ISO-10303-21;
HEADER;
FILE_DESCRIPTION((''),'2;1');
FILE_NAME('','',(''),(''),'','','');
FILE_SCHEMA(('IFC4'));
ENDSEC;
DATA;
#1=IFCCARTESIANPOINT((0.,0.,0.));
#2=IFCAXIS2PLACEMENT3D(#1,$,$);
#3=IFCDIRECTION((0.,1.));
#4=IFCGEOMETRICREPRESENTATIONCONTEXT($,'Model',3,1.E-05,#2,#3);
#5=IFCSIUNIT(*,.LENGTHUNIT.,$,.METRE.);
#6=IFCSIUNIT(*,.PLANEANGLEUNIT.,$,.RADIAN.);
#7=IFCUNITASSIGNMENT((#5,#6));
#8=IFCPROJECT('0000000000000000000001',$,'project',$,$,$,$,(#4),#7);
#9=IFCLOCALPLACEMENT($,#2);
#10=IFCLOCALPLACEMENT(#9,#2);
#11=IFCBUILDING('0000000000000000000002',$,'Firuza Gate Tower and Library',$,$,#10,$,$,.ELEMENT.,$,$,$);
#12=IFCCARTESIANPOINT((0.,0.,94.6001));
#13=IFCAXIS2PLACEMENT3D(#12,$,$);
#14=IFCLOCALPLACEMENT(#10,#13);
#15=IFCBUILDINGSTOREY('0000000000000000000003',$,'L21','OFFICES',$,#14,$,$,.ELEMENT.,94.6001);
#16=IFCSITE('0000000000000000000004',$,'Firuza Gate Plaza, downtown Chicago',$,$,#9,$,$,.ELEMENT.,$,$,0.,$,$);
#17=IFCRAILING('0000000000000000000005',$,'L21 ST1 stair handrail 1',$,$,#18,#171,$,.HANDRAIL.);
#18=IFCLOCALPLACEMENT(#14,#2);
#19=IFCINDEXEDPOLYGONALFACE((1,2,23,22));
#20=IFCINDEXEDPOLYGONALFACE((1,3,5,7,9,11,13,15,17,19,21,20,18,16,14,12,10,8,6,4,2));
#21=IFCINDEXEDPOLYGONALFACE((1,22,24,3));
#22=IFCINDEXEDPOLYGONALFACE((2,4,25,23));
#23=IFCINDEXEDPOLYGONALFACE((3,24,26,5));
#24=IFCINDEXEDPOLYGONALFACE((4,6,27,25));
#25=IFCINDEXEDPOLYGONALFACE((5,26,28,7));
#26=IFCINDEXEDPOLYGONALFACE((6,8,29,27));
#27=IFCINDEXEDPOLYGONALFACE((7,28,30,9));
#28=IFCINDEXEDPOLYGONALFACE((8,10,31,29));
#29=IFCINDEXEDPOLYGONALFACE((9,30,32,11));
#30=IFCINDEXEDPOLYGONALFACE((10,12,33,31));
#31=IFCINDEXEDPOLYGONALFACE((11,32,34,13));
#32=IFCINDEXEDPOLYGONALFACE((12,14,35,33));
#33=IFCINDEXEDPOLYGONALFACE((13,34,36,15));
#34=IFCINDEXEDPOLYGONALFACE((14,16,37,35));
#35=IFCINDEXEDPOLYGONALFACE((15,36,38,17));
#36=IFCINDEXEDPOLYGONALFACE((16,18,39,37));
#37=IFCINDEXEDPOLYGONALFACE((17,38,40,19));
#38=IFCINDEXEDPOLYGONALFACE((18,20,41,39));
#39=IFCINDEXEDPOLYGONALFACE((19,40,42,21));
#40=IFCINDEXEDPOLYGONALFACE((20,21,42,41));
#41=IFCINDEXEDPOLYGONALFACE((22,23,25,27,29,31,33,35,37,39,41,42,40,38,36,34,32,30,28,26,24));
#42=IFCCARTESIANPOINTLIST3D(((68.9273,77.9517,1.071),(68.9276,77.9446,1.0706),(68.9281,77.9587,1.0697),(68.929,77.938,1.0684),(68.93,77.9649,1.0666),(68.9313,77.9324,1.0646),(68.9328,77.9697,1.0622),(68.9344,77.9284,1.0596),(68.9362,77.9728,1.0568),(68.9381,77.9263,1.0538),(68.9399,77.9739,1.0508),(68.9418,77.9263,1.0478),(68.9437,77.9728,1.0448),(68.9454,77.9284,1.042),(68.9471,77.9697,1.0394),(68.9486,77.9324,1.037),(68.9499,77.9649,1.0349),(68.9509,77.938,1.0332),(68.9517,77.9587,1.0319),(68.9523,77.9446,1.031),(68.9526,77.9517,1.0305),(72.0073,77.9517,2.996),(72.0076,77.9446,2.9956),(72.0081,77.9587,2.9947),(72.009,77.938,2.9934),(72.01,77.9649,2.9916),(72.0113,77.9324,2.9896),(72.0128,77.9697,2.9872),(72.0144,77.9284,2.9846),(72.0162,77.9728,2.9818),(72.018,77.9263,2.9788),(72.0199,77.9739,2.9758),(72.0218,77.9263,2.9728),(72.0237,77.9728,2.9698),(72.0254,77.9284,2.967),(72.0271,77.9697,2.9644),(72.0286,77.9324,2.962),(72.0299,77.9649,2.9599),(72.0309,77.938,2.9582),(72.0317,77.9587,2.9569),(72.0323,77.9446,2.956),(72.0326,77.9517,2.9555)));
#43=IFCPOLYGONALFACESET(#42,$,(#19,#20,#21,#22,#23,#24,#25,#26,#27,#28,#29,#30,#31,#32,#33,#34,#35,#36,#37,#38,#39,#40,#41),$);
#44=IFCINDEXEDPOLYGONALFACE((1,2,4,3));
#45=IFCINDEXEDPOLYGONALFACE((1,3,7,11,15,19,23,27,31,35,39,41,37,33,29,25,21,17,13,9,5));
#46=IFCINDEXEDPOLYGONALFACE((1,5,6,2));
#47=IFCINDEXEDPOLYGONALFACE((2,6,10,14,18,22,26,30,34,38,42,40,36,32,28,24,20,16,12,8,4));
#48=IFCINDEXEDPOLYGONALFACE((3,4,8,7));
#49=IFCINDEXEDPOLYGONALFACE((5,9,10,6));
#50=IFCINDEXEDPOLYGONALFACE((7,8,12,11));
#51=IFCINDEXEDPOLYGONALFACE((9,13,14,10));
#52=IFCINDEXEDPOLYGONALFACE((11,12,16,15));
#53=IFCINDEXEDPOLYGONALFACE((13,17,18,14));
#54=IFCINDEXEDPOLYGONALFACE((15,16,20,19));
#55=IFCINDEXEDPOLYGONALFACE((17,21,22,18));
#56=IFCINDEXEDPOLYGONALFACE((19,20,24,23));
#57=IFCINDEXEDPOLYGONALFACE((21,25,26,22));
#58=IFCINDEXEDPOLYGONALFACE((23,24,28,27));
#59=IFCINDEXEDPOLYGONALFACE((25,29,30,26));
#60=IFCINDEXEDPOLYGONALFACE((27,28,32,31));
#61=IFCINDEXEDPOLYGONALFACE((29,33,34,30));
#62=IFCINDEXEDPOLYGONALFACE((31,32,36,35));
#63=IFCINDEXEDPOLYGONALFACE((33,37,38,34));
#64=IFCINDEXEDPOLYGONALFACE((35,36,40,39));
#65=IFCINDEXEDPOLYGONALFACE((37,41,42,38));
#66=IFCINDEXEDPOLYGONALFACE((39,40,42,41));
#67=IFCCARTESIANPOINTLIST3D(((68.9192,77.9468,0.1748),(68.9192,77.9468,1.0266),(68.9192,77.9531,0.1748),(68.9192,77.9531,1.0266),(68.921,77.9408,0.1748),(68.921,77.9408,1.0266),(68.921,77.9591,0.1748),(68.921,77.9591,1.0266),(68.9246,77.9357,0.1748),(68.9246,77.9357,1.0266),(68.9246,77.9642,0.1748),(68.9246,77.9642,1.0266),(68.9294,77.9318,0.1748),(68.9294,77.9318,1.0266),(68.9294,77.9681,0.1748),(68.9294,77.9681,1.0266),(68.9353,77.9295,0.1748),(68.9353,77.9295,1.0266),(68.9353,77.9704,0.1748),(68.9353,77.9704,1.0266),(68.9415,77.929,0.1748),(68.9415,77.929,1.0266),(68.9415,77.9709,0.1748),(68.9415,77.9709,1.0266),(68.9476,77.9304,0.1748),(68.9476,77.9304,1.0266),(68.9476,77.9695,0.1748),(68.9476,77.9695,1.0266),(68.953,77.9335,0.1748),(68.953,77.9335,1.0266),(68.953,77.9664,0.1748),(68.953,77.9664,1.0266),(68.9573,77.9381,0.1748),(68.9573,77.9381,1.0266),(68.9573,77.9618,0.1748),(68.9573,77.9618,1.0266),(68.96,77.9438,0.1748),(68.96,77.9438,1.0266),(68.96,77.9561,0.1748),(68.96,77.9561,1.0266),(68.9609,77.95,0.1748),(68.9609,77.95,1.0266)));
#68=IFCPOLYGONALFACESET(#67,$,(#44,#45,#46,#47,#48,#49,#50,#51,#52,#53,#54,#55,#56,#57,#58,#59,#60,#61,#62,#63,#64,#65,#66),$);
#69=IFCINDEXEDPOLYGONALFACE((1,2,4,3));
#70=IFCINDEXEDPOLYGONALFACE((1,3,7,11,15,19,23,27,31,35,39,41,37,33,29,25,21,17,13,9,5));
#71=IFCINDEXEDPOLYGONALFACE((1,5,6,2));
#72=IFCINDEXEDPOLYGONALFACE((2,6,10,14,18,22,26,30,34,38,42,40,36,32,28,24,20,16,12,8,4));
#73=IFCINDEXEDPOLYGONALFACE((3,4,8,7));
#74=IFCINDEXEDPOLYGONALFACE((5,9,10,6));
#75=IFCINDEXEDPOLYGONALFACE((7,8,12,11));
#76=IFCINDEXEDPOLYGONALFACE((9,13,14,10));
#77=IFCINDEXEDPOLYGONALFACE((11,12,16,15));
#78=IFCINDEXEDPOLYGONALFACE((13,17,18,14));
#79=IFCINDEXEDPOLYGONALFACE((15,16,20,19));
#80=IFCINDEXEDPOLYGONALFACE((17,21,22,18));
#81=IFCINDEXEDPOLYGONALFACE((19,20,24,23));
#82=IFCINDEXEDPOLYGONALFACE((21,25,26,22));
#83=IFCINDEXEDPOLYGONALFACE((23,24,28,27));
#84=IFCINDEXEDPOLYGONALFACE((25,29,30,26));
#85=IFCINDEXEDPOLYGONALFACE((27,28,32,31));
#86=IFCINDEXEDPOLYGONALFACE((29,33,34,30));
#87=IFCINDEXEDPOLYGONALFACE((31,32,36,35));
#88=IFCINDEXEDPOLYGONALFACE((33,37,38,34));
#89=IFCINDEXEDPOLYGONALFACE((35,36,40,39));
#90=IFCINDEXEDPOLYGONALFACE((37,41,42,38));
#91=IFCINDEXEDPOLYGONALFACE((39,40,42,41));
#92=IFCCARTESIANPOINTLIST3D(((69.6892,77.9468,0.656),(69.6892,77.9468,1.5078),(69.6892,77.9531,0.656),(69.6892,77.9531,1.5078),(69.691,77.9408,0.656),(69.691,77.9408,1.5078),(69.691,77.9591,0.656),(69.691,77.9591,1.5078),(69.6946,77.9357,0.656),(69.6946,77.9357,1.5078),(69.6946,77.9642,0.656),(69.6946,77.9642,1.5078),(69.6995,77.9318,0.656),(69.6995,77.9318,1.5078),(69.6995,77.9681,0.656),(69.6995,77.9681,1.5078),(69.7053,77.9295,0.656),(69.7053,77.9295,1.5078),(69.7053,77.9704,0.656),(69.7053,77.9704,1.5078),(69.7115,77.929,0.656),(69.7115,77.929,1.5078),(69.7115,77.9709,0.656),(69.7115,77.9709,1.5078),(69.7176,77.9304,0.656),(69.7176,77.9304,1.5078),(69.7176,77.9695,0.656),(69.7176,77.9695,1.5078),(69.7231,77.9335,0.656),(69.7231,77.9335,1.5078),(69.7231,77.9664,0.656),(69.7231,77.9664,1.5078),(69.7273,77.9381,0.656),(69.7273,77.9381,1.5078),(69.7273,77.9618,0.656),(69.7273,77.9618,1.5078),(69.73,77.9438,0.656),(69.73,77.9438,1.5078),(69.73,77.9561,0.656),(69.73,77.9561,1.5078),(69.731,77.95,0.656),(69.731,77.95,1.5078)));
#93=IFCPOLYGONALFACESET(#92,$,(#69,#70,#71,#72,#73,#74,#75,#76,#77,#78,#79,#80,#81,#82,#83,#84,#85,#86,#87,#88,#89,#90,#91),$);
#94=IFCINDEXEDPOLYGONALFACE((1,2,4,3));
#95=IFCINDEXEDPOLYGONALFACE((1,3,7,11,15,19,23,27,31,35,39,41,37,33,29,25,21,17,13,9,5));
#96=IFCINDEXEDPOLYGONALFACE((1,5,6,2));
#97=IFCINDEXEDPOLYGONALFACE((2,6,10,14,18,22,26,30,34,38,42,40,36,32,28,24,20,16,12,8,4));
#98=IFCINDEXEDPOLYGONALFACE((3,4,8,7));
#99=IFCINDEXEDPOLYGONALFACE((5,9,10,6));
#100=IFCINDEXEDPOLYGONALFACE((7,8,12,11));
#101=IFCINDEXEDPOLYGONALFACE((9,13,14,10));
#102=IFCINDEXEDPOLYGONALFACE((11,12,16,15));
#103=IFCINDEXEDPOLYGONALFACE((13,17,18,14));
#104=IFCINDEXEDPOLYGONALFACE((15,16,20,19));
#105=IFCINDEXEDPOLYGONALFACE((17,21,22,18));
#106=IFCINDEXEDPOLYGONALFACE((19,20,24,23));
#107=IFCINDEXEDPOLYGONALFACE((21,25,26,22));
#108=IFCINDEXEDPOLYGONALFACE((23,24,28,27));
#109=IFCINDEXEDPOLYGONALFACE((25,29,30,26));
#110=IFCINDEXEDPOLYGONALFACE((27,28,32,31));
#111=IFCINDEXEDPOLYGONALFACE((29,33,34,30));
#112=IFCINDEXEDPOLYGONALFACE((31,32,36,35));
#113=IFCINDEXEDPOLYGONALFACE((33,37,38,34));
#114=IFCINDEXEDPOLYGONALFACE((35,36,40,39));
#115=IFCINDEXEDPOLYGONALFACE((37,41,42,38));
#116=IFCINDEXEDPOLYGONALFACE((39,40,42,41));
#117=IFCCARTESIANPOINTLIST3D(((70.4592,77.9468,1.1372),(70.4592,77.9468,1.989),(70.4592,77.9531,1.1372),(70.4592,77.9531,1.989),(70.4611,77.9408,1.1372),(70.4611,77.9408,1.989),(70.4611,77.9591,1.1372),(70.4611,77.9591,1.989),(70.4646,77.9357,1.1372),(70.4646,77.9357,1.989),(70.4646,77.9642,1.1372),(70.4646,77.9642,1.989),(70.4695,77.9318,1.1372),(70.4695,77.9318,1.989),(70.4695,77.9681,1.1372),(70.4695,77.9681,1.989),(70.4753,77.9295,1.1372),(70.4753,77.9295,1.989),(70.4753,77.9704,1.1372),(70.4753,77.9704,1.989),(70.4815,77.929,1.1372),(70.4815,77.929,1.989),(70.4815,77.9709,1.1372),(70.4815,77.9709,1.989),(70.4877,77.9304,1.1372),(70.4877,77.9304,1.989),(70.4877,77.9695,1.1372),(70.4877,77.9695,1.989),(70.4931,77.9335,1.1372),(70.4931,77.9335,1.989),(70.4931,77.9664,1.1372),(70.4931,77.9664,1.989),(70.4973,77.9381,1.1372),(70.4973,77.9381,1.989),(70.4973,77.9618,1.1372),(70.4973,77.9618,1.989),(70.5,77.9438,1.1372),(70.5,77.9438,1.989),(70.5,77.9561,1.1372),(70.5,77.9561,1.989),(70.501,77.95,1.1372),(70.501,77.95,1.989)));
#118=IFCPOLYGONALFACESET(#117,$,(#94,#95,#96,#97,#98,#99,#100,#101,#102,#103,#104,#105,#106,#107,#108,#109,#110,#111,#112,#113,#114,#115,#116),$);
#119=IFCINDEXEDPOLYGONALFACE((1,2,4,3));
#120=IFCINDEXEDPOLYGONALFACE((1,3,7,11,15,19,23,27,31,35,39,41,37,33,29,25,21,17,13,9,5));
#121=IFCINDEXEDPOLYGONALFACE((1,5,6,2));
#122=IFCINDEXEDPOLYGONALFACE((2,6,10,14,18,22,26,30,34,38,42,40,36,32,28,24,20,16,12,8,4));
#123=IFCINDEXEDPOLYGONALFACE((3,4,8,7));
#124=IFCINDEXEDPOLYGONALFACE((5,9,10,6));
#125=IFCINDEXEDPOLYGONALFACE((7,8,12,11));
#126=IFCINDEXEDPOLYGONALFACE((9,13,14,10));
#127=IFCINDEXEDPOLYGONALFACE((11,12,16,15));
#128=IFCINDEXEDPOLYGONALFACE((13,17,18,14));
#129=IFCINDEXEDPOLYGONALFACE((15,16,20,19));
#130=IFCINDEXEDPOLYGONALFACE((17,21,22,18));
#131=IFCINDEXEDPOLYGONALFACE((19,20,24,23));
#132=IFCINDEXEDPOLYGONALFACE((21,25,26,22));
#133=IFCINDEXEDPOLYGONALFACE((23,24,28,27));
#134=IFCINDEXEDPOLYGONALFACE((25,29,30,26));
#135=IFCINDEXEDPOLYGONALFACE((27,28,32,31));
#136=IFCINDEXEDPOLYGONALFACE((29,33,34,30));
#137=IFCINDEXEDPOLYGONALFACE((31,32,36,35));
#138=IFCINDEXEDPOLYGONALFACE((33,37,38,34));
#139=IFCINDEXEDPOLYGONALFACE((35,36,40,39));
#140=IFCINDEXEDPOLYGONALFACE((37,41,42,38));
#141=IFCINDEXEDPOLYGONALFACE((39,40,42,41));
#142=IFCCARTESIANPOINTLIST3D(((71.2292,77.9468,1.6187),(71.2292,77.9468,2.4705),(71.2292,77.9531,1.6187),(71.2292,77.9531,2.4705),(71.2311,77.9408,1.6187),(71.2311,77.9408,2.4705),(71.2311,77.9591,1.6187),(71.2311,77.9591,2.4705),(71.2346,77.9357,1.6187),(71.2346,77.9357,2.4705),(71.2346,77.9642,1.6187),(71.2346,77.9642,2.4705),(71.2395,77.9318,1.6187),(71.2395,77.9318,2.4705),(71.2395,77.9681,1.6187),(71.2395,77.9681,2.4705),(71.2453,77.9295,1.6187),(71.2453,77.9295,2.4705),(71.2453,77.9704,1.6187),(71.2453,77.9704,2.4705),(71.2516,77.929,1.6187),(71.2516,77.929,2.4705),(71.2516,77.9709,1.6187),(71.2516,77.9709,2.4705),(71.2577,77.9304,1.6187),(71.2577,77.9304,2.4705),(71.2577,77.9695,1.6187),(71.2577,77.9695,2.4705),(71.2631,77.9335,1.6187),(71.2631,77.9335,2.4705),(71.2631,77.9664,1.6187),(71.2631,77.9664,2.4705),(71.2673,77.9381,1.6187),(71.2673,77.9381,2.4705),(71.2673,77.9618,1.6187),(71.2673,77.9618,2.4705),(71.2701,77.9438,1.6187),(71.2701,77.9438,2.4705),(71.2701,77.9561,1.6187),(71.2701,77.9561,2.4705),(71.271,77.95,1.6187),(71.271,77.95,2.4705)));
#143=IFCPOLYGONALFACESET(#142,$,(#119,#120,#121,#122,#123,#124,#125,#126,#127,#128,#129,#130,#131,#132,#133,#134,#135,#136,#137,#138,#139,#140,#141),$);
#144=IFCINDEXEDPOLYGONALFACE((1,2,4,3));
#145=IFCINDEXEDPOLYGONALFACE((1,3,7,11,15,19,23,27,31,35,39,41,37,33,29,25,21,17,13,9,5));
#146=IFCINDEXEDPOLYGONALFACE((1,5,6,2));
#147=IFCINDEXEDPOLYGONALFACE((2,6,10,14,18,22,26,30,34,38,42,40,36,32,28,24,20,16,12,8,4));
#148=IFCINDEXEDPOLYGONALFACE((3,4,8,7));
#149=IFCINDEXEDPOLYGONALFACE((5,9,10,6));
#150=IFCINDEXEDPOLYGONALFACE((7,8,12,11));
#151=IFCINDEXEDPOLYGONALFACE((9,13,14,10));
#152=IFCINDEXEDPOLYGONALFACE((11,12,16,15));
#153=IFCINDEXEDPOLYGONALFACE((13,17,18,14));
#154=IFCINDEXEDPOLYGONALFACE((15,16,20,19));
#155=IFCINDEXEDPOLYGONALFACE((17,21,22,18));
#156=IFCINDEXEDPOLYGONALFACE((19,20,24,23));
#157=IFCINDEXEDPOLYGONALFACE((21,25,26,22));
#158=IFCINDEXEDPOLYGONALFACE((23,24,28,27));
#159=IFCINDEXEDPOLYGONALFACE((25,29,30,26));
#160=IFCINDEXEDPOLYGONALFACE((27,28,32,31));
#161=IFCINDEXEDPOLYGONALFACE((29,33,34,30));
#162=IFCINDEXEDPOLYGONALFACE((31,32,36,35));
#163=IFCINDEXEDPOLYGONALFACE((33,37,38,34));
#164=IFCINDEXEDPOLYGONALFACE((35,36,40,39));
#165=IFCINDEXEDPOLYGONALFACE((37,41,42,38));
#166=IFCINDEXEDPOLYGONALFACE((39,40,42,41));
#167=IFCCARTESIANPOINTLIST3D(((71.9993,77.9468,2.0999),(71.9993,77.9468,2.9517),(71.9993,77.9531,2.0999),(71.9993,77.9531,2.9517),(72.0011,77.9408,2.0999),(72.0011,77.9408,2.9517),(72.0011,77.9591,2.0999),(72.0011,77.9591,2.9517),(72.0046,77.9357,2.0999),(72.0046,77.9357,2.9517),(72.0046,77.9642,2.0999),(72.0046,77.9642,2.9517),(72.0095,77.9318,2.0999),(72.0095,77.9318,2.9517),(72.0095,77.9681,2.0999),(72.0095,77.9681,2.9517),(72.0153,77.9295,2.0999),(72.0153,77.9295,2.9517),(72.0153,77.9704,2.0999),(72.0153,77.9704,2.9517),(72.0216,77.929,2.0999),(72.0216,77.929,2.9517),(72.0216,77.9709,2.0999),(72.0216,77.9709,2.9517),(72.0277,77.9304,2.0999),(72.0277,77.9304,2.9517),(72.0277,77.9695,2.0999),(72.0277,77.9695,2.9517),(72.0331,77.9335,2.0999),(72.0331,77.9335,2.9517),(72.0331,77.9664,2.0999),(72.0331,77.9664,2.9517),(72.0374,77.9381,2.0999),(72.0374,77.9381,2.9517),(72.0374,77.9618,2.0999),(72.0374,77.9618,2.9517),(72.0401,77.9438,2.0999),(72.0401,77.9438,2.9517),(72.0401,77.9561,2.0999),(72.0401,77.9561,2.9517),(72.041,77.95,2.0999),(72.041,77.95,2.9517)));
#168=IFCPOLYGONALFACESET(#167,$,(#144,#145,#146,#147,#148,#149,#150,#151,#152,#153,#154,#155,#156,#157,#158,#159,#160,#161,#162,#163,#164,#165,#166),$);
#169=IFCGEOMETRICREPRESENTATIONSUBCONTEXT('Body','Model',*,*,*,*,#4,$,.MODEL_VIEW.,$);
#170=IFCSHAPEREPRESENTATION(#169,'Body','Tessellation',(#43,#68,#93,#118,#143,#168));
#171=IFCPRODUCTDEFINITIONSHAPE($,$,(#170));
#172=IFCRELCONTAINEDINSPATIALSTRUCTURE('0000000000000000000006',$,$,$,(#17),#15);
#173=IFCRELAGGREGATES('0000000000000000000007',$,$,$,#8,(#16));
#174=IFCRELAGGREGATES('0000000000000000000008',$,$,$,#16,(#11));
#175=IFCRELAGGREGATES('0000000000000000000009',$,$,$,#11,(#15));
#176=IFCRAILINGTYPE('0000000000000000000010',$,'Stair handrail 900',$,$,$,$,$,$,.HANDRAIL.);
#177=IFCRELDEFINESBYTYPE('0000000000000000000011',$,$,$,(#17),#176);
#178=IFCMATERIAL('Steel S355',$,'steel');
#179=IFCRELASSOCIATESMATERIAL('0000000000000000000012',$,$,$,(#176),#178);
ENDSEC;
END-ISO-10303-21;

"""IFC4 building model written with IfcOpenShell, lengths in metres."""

from ifc_helpers import new_model, si_unit, direction, frame, origin, origin_2d, place, context, subcontext, project, spatial, circle, extrude, material, type_object, element, save


model = new_model("IFC4")

# Units and contexts
model_context = context("Model", 3, precision=1e-05, world=origin(), true_north=direction((0.0, 1.0)))
body_context = subcontext(model_context, "Body", "Model", "MODEL_VIEW")
ifc_project = project(units=[si_unit("LENGTHUNIT", "METRE"), si_unit("PLANEANGLEUNIT", "RADIAN")], contexts=[model_context])

# Site, building, storey
site_placement = place(None, origin())
site = spatial("IfcSite", under=ifc_project, at=site_placement, Name="Firuza Gate Plaza, downtown Chicago", CompositionType="ELEMENT", RefElevation=0.0)
building_placement = place(site_placement, origin())
building = spatial("IfcBuilding", under=site, at=building_placement, Name="Firuza Gate Tower and Library", CompositionType="ELEMENT")
storey_placement = place(building_placement, frame((0.0, 0.0, 94.6001)))
storey = spatial("IfcBuildingStorey", under=building, at=storey_placement, Name="L21", Description="OFFICES", CompositionType="ELEMENT", Elevation=94.6001)

# Railing
ifc_material_1 = material(Name="Steel S355", Category="steel")
railing_type_1 = type_object("IfcRailingType", Name="Stair handrail 900", PredefinedType="HANDRAIL", material=ifc_material_1)
railing_1_placement = place(storey_placement, frame((68.9399, 77.95, 0.1748)))
element("IfcRailing", 1, at=railing_1_placement, inside=storey, type_object=railing_type_1, Name="L21 ST1 stair handrail 1", PredefinedType="HANDRAIL", context=body_context, shape_type="SweptSolid", body=[
    extrude(circle(Radius=0.0239, at=origin_2d()), frame((0.0, 0.0, 0.876), z_axis=(0.847998, 0.0, 0.529999), x_axis=(0.0, 1.0, 0.0)), (0.0, 0.0, 1.0), 3.6321),
    extrude(circle(Radius=0.021, at=origin_2d()), origin(), (0.0, 0.0, 1.0), 0.8518),
    extrude(circle(Radius=0.021, at=origin_2d()), frame((0.77, 0.0, 0.4812)), (0.0, 0.0, 1.0), 0.8518),
    extrude(circle(Radius=0.021, at=origin_2d()), frame((1.54, 0.0, 0.9624)), (0.0, 0.0, 1.0), 0.8518),
    extrude(circle(Radius=0.021, at=origin_2d()), frame((2.3101, 0.0, 1.4438)), (0.0, 0.0, 1.0), 0.8518),
    extrude(circle(Radius=0.021, at=origin_2d()), frame((3.0801, 0.0, 1.925)), (0.0, 0.0, 1.0), 0.8518),
])

save(model, "model.ifc")
